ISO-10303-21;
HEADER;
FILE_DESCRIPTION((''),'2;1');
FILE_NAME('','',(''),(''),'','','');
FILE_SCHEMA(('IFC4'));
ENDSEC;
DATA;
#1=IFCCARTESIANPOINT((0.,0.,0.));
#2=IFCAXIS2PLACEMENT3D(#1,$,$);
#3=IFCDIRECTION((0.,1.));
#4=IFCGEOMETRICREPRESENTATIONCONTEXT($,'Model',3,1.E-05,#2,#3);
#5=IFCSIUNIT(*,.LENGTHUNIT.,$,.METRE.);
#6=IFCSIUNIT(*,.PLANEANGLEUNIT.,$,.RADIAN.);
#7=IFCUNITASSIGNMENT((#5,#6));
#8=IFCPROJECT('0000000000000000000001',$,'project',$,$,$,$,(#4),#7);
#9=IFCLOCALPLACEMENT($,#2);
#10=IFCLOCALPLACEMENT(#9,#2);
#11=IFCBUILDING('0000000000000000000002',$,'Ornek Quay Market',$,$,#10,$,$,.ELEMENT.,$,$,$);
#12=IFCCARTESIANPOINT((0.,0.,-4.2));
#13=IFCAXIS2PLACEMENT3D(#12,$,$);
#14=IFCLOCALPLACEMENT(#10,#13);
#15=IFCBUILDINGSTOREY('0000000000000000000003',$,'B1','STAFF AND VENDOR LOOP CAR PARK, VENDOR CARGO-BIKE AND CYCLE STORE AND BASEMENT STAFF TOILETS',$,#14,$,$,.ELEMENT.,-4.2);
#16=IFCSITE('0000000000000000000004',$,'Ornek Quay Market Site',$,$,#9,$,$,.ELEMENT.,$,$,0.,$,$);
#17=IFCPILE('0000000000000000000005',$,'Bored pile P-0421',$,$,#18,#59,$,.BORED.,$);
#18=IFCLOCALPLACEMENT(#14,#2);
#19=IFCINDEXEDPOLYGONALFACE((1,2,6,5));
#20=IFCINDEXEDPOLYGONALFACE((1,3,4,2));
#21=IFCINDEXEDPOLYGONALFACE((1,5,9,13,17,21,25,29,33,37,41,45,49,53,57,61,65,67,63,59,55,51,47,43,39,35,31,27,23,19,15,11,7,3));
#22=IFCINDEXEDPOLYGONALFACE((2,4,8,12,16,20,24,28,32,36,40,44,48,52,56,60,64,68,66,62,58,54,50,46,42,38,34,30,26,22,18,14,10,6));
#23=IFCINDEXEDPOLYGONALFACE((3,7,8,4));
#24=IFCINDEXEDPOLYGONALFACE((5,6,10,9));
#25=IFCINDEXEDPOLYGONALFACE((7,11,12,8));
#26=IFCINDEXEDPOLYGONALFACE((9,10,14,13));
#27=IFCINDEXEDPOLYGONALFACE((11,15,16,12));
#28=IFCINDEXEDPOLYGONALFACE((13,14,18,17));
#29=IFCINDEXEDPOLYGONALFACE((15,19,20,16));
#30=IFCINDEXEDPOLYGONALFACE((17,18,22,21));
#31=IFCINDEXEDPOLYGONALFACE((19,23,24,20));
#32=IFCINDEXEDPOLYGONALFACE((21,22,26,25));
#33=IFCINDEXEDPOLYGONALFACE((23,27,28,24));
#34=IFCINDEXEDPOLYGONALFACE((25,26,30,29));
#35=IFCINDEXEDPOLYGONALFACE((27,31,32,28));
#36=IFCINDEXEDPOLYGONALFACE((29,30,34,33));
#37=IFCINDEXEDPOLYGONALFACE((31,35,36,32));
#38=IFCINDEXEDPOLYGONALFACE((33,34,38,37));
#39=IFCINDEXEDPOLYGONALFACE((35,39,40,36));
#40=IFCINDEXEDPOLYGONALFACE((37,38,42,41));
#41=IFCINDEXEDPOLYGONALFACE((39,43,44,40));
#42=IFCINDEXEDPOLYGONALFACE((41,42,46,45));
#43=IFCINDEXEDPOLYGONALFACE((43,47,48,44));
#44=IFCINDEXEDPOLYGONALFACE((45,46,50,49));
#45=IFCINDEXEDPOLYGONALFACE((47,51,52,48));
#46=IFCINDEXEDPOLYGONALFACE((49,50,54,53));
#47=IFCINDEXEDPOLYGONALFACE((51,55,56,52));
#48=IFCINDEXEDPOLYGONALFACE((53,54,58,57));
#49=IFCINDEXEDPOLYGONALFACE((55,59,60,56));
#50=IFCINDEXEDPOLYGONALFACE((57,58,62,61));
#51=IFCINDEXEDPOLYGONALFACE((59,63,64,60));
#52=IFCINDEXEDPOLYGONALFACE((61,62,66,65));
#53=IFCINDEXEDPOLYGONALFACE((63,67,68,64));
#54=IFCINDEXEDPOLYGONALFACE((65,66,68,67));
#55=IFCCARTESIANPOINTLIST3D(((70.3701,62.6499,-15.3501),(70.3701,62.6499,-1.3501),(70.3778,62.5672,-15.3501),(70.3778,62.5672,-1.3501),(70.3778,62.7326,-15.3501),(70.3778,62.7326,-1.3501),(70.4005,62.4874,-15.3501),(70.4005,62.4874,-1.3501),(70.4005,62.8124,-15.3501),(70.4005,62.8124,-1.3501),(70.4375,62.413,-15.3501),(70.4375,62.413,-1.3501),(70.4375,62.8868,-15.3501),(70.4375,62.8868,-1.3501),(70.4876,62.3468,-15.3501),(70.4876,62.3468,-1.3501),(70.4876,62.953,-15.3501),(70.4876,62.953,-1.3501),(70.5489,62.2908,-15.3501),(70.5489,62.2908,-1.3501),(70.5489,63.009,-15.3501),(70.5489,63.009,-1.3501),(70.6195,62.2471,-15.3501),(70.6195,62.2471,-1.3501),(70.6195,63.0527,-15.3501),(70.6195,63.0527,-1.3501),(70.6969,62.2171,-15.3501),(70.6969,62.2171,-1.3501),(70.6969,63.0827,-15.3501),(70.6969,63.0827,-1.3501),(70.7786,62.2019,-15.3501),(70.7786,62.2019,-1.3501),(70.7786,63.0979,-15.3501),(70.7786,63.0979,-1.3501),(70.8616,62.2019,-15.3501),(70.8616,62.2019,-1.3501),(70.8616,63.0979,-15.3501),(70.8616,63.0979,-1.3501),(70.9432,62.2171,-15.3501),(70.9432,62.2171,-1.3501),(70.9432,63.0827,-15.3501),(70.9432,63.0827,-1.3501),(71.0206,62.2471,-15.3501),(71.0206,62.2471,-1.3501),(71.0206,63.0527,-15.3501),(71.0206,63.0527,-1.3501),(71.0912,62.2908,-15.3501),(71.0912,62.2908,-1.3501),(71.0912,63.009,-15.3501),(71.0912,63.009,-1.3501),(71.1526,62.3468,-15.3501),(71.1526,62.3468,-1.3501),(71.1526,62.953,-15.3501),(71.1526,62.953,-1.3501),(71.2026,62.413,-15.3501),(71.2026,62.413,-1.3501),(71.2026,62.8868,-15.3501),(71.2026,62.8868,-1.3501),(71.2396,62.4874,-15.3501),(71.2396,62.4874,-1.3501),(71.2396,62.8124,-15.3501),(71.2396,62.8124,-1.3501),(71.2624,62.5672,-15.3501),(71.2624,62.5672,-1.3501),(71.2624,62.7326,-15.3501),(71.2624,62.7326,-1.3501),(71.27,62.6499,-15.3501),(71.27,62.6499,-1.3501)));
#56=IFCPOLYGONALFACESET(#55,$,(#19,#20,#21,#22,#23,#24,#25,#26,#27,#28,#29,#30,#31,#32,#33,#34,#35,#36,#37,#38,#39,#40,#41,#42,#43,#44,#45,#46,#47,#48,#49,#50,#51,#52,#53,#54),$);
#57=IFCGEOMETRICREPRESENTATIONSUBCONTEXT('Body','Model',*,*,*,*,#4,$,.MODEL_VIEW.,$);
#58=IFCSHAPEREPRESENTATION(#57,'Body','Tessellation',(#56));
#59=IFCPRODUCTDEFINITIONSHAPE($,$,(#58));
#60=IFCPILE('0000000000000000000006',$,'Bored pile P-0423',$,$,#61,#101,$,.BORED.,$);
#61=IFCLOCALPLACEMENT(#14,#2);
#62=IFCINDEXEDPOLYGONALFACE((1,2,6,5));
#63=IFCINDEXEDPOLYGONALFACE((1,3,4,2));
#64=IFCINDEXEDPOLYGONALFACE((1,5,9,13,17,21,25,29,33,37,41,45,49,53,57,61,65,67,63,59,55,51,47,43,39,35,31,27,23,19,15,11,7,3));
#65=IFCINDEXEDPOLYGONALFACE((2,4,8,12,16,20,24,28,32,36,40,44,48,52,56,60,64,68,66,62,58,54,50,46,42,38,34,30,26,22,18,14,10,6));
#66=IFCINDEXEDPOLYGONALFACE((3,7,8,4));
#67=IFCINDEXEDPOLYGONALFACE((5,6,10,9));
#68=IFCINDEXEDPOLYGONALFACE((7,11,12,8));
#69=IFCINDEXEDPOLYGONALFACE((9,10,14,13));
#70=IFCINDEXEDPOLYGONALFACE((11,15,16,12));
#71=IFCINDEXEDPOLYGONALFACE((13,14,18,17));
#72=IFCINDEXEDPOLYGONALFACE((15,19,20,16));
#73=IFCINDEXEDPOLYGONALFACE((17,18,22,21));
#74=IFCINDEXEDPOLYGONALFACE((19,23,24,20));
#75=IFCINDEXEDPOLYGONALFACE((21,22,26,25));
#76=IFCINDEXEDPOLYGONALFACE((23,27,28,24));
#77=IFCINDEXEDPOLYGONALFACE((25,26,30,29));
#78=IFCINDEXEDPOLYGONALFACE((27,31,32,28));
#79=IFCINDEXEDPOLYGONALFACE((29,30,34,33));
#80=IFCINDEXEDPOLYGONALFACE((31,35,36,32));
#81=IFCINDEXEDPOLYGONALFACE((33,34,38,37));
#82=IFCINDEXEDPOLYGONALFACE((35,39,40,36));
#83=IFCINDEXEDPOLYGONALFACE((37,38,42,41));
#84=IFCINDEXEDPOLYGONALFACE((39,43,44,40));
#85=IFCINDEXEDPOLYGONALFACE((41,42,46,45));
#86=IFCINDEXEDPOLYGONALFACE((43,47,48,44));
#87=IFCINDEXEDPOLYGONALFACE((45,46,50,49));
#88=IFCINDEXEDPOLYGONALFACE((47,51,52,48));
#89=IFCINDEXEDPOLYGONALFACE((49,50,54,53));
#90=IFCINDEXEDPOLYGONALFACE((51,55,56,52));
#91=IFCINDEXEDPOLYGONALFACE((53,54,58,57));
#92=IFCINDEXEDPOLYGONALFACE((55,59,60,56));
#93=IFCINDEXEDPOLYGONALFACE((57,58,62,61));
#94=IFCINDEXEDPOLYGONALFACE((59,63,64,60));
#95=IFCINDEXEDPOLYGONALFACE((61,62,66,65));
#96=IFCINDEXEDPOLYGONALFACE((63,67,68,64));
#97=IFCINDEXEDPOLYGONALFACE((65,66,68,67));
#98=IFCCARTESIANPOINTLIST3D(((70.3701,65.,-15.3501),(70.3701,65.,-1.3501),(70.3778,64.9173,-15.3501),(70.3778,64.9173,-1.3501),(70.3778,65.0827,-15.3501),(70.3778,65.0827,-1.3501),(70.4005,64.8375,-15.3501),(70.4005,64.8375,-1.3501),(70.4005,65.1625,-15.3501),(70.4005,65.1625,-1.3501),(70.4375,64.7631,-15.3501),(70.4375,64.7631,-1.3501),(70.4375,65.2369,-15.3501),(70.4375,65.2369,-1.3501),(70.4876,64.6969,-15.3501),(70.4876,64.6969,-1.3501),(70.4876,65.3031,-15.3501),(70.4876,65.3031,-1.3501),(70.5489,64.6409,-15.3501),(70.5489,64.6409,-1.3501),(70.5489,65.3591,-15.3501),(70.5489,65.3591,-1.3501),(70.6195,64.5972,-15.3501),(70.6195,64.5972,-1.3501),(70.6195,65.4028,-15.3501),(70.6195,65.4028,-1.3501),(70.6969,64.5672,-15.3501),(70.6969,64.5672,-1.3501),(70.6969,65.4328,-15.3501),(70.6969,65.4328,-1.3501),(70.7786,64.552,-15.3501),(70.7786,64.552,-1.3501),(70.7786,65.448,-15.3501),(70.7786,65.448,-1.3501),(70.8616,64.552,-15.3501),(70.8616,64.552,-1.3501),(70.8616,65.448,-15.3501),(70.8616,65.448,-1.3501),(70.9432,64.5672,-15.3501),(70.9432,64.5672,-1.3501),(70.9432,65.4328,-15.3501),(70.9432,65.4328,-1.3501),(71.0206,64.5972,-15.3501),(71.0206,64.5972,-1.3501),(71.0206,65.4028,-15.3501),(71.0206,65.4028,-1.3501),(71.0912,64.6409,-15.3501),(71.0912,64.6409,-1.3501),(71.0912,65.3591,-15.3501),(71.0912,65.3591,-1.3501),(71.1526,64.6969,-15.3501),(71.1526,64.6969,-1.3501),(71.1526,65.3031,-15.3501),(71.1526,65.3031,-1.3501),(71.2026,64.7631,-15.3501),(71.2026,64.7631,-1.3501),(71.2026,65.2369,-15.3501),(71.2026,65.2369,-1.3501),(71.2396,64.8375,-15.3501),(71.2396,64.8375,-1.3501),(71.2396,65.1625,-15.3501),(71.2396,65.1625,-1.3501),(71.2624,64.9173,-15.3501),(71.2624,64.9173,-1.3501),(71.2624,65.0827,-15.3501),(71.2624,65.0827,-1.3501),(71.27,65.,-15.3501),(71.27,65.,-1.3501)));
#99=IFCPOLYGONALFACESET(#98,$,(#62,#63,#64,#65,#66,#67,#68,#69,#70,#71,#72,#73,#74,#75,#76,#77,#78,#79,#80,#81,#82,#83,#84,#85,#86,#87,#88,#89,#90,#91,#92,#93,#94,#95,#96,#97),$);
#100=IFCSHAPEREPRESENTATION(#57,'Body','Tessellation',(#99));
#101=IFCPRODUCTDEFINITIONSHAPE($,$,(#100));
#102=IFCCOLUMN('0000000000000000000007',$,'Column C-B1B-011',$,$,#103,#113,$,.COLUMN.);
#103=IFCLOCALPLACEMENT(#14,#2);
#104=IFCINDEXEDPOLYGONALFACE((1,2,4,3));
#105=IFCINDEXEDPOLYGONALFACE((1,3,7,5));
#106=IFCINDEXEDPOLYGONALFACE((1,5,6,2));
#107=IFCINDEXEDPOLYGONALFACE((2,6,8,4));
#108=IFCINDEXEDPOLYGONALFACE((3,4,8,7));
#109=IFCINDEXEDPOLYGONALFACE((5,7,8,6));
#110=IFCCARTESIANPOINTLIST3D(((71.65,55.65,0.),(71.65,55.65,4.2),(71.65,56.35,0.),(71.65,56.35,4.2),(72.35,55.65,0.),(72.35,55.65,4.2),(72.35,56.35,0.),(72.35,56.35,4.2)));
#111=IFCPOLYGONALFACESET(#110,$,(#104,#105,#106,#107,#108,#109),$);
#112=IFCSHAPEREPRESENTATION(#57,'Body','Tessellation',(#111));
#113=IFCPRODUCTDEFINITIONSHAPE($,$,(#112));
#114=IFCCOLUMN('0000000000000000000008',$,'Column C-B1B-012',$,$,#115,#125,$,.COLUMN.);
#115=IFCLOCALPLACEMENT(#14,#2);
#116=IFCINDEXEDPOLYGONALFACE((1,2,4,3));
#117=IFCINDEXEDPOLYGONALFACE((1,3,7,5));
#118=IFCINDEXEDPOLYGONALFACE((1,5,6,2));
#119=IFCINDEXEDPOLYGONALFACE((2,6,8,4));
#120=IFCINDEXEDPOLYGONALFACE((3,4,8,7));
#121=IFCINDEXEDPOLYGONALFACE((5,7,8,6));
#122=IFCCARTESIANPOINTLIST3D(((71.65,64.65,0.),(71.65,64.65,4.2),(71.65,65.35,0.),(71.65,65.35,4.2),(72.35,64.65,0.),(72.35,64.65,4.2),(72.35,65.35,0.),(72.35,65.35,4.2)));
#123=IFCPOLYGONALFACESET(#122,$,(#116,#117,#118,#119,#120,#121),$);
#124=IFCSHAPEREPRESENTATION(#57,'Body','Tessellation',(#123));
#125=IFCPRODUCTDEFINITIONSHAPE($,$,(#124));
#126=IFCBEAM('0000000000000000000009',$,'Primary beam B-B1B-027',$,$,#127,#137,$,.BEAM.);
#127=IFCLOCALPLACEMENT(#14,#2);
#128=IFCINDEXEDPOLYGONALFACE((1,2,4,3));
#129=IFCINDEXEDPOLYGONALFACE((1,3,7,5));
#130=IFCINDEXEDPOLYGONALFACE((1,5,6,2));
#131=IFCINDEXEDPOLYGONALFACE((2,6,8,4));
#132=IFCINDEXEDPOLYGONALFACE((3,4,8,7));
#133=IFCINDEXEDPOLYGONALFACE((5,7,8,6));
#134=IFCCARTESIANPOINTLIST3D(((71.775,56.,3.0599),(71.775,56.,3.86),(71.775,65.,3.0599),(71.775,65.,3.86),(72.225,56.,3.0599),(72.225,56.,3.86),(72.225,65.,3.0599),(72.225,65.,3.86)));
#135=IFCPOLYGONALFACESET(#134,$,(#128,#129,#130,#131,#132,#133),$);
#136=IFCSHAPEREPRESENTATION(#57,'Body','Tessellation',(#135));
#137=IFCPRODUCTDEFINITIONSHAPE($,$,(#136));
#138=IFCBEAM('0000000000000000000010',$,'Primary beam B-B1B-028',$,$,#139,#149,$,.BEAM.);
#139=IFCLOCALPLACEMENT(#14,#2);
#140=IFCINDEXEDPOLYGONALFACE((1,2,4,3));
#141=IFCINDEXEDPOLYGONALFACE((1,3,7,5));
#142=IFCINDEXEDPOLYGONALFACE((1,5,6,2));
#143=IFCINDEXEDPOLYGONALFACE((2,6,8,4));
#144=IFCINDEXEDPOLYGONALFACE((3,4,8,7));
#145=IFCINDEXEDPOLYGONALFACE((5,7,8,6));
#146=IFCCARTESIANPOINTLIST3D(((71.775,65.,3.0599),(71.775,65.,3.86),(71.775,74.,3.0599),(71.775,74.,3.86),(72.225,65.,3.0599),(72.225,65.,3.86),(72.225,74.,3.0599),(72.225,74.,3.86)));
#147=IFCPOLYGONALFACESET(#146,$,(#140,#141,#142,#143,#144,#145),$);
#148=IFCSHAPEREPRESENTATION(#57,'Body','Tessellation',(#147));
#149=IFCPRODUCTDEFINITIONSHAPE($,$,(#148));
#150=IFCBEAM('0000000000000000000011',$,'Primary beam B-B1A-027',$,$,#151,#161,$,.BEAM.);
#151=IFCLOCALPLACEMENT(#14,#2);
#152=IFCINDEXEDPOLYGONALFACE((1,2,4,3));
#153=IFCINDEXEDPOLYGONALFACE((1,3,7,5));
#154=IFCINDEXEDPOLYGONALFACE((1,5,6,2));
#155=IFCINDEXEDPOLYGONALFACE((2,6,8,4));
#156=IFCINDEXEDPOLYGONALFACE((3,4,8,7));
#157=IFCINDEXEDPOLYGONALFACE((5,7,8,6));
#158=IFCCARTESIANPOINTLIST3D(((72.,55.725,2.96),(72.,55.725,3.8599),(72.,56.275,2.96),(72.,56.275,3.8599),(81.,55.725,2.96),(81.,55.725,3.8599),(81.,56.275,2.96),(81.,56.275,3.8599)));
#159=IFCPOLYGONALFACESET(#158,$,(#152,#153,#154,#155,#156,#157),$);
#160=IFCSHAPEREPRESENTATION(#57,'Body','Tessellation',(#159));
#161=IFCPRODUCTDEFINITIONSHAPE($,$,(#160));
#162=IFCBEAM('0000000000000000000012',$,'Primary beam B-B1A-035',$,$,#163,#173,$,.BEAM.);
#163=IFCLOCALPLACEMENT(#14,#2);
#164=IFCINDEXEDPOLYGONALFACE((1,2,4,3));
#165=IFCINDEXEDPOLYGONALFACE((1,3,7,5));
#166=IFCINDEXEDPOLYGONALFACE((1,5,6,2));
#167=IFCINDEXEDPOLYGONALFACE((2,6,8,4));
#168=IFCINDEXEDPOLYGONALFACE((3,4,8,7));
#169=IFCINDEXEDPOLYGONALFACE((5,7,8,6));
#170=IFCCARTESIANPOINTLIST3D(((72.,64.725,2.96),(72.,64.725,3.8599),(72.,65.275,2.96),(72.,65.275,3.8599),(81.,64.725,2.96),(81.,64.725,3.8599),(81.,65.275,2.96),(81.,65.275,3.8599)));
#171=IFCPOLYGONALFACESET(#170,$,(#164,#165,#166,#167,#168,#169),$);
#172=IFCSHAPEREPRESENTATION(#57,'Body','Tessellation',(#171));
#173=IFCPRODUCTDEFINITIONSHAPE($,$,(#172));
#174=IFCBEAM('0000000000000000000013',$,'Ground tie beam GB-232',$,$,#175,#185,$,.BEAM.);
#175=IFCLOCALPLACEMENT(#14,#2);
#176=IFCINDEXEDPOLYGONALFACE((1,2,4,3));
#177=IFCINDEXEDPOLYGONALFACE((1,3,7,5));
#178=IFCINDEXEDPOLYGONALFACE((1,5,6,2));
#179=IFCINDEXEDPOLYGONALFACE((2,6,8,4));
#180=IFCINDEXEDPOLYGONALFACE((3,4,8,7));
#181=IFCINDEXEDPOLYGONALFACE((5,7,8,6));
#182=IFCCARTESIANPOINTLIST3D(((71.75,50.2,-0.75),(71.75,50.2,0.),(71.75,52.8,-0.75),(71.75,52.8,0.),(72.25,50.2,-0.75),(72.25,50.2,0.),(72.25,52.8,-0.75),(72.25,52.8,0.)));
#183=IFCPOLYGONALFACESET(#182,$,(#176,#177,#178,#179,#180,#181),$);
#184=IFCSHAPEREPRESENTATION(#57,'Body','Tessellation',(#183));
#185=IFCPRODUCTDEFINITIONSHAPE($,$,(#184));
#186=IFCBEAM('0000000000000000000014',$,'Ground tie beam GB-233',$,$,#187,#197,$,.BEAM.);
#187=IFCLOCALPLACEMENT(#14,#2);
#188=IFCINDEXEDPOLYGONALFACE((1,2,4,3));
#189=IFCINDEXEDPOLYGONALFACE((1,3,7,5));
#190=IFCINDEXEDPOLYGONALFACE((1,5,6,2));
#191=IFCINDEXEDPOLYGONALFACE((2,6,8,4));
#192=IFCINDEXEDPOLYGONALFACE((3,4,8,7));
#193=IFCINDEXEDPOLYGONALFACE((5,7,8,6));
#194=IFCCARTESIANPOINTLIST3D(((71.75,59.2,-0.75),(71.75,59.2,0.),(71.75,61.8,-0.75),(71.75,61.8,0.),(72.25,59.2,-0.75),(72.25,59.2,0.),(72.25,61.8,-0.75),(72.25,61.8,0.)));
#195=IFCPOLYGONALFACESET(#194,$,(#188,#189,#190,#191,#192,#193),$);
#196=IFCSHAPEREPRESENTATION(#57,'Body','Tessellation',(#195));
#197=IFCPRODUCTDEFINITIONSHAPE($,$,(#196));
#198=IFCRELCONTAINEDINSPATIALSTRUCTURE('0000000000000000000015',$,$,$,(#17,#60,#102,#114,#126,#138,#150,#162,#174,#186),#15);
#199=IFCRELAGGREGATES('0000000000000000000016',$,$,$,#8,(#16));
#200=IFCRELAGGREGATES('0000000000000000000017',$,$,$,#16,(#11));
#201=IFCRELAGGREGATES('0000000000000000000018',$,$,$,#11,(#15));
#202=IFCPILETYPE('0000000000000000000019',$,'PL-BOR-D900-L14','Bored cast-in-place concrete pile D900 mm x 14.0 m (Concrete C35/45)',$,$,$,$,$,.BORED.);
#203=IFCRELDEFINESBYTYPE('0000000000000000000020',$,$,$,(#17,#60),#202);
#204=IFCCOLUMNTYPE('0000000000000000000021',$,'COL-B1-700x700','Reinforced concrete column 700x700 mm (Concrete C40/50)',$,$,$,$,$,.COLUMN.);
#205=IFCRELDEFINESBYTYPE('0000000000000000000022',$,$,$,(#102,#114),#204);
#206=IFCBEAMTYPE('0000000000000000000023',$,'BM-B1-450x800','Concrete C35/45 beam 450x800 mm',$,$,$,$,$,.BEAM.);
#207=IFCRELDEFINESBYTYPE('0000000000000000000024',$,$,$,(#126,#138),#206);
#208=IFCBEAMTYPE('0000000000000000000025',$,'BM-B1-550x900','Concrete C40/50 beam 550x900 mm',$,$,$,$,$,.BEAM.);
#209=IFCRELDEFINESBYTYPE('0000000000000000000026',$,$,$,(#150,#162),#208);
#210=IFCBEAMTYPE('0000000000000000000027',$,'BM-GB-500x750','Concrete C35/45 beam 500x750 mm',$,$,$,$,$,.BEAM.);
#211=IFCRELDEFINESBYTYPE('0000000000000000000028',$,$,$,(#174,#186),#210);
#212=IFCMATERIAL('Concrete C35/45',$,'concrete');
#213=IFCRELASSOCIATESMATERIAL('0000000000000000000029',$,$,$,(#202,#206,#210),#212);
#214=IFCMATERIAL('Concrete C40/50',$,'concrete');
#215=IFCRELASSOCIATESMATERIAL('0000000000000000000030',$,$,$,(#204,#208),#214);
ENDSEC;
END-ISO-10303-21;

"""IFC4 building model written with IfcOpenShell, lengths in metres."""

from ifc_helpers import new_model, si_unit, direction, frame, origin, origin_2d, place, context, subcontext, project, spatial, rectangle, circle, extrude, material, material_profile, profile_set, type_object, element, save


model = new_model("IFC4")

# Units and contexts
model_context = context("Model", 3, precision=1e-05, world=origin(), true_north=direction((0.0, 1.0)))
body_context = subcontext(model_context, "Body", "Model", "MODEL_VIEW")
ifc_project = project(units=[si_unit("LENGTHUNIT", "METRE"), si_unit("PLANEANGLEUNIT", "RADIAN")], contexts=[model_context])

# Site, building, storey
site_placement = place(None, origin())
site = spatial("IfcSite", under=ifc_project, at=site_placement, Name="Ornek Quay Market Site", CompositionType="ELEMENT", RefElevation=0.0)
building_placement = place(site_placement, origin())
building = spatial("IfcBuilding", under=site, at=building_placement, Name="Ornek Quay Market", CompositionType="ELEMENT")
storey_placement = place(building_placement, frame((0.0, 0.0, -4.2)))
storey = spatial("IfcBuildingStorey", under=building, at=storey_placement, Name="B1", Description="STAFF AND VENDOR LOOP CAR PARK, VENDOR CARGO-BIKE AND CYCLE STORE AND BASEMENT STAFF TOILETS", CompositionType="ELEMENT", Elevation=-4.2)

# Piles
ifc_material_1 = material(Name="Concrete C35/45", Category="concrete")
ifc_material_profile_1 = material_profile(ifc_material_1, circle(Radius=0.45, at=origin_2d()), Name="PILE D900", Category="concrete")
ifc_profile_set_1 = profile_set([ifc_material_profile_1], Name="Concrete C35/45")
pile_type = type_object("IfcPileType", Name="PL-BOR-D900-L14", Description="Bored cast-in-place concrete pile D900 mm x 14.0 m (Concrete C35/45)", PredefinedType="BORED", material=ifc_profile_set_1)
for number, where, z_axis, x_axis, name in (
    (1, (70.8201, 62.6499, -1.3501), (0.0, 0.0, -1.0), (1.0, 0.0, 0.0), "Bored pile P-0421"),
    (2, (70.8201, 65.0, -1.3501), (0.0, 0.0, -1.0), (1.0, 0.0, 0.0), "Bored pile P-0423"),
):
    element("IfcPile", number, at=place(storey_placement, frame(where, z_axis=z_axis, x_axis=x_axis)), inside=storey, type_object=pile_type, Name=name, PredefinedType="BORED", context=body_context, shape_type="SweptSolid", body=[
        extrude(circle(Radius=0.45, at=origin_2d()), origin(), (0.0, 0.0, 1.0), 14.0),
    ])

# Columns
ifc_material_2 = material(Name="Concrete C40/50", Category="concrete")
ifc_material_profile_2 = material_profile(ifc_material_2, rectangle(XDim=0.7, YDim=0.7, at=origin_2d()), Name="RC 700x700", Category="concrete")
ifc_profile_set_2 = profile_set([ifc_material_profile_2], Name="Concrete C40/50")
column_type = type_object("IfcColumnType", Name="COL-B1-700x700", Description="Reinforced concrete column 700x700 mm (Concrete C40/50)", PredefinedType="COLUMN", material=ifc_profile_set_2)
for number, where, z_axis, x_axis, name in (
    (3, (72.0, 56.0, 0.0), (0.0, 0.0, 1.0), (1.0, 0.0, 0.0), "Column C-B1B-011"),
    (4, (72.0, 65.0, 0.0), (0.0, 0.0, 1.0), (1.0, 0.0, 0.0), "Column C-B1B-012"),
):
    element("IfcColumn", number, at=place(storey_placement, frame(where, z_axis=z_axis, x_axis=x_axis)), inside=storey, type_object=column_type, Name=name, PredefinedType="COLUMN", context=body_context, shape_type="SweptSolid", body=[
        extrude(rectangle(XDim=0.7, YDim=0.7, at=origin_2d()), origin(), (0.0, 0.0, 1.0), 4.2),
    ])

# Beams
ifc_material_profile_3 = material_profile(ifc_material_1, rectangle(XDim=0.45, YDim=0.8, at=origin_2d()), Name="RC 450x800", Category="concrete")
ifc_profile_set_3 = profile_set([ifc_material_profile_3], Name="Concrete C35/45")
beam_type_1 = type_object("IfcBeamType", Name="BM-B1-450x800", Description="Concrete C35/45 beam 450x800 mm", PredefinedType="BEAM", material=ifc_profile_set_3)
for number, where, z_axis, x_axis, name in (
    (5, (72.0, 56.0, 3.46), (0.0, 1.0, 0.0), (-1.0, 0.0, 0.0), "Primary beam B-B1B-027"),
    (6, (72.0, 65.0, 3.46), (0.0, 1.0, 0.0), (-1.0, 0.0, 0.0), "Primary beam B-B1B-028"),
):
    element("IfcBeam", number, at=place(storey_placement, frame(where, z_axis=z_axis, x_axis=x_axis)), inside=storey, type_object=beam_type_1, Name=name, PredefinedType="BEAM", context=body_context, shape_type="SweptSolid", body=[
        extrude(rectangle(XDim=0.45, YDim=0.8, at=origin_2d()), origin(), (0.0, 0.0, 1.0), 9.0),
    ])
ifc_material_profile_4 = material_profile(ifc_material_2, rectangle(XDim=0.55, YDim=0.8999, at=origin_2d()), Name="RC 550x900", Category="concrete")
ifc_profile_set_4 = profile_set([ifc_material_profile_4], Name="Concrete C40/50")
beam_type_2 = type_object("IfcBeamType", Name="BM-B1-550x900", Description="Concrete C40/50 beam 550x900 mm", PredefinedType="BEAM", material=ifc_profile_set_4)
for number, where, z_axis, x_axis, name in (
    (7, (72.0, 56.0, 3.4099), (1.0, 0.0, 0.0), (0.0, 1.0, 0.0), "Primary beam B-B1A-027"),
    (8, (72.0, 65.0, 3.4099), (1.0, 0.0, 0.0), (0.0, 1.0, 0.0), "Primary beam B-B1A-035"),
):
    element("IfcBeam", number, at=place(storey_placement, frame(where, z_axis=z_axis, x_axis=x_axis)), inside=storey, type_object=beam_type_2, Name=name, PredefinedType="BEAM", context=body_context, shape_type="SweptSolid", body=[
        extrude(rectangle(XDim=0.55, YDim=0.8999, at=origin_2d()), origin(), (0.0, 0.0, 1.0), 9.0),
    ])
ifc_material_profile_5 = material_profile(ifc_material_1, rectangle(XDim=0.5, YDim=0.75, at=origin_2d()), Name="RC 500x750", Category="concrete")
ifc_profile_set_5 = profile_set([ifc_material_profile_5], Name="Concrete C35/45")
beam_type_3 = type_object("IfcBeamType", Name="BM-GB-500x750", Description="Concrete C35/45 beam 500x750 mm", PredefinedType="BEAM", material=ifc_profile_set_5)
for number, where, z_axis, x_axis, name in (
    (9, (72.0, 50.2, -0.375), (0.0, 1.0, 0.0), (-1.0, 0.0, 0.0), "Ground tie beam GB-232"),
    (10, (72.0, 59.2, -0.375), (0.0, 1.0, 0.0), (-1.0, 0.0, 0.0), "Ground tie beam GB-233"),
):
    element("IfcBeam", number, at=place(storey_placement, frame(where, z_axis=z_axis, x_axis=x_axis)), inside=storey, type_object=beam_type_3, Name=name, PredefinedType="BEAM", context=body_context, shape_type="SweptSolid", body=[
        extrude(rectangle(XDim=0.5, YDim=0.75, at=origin_2d()), origin(), (0.0, 0.0, 1.0), 2.6001),
    ])

save(model, "model.ifc")
